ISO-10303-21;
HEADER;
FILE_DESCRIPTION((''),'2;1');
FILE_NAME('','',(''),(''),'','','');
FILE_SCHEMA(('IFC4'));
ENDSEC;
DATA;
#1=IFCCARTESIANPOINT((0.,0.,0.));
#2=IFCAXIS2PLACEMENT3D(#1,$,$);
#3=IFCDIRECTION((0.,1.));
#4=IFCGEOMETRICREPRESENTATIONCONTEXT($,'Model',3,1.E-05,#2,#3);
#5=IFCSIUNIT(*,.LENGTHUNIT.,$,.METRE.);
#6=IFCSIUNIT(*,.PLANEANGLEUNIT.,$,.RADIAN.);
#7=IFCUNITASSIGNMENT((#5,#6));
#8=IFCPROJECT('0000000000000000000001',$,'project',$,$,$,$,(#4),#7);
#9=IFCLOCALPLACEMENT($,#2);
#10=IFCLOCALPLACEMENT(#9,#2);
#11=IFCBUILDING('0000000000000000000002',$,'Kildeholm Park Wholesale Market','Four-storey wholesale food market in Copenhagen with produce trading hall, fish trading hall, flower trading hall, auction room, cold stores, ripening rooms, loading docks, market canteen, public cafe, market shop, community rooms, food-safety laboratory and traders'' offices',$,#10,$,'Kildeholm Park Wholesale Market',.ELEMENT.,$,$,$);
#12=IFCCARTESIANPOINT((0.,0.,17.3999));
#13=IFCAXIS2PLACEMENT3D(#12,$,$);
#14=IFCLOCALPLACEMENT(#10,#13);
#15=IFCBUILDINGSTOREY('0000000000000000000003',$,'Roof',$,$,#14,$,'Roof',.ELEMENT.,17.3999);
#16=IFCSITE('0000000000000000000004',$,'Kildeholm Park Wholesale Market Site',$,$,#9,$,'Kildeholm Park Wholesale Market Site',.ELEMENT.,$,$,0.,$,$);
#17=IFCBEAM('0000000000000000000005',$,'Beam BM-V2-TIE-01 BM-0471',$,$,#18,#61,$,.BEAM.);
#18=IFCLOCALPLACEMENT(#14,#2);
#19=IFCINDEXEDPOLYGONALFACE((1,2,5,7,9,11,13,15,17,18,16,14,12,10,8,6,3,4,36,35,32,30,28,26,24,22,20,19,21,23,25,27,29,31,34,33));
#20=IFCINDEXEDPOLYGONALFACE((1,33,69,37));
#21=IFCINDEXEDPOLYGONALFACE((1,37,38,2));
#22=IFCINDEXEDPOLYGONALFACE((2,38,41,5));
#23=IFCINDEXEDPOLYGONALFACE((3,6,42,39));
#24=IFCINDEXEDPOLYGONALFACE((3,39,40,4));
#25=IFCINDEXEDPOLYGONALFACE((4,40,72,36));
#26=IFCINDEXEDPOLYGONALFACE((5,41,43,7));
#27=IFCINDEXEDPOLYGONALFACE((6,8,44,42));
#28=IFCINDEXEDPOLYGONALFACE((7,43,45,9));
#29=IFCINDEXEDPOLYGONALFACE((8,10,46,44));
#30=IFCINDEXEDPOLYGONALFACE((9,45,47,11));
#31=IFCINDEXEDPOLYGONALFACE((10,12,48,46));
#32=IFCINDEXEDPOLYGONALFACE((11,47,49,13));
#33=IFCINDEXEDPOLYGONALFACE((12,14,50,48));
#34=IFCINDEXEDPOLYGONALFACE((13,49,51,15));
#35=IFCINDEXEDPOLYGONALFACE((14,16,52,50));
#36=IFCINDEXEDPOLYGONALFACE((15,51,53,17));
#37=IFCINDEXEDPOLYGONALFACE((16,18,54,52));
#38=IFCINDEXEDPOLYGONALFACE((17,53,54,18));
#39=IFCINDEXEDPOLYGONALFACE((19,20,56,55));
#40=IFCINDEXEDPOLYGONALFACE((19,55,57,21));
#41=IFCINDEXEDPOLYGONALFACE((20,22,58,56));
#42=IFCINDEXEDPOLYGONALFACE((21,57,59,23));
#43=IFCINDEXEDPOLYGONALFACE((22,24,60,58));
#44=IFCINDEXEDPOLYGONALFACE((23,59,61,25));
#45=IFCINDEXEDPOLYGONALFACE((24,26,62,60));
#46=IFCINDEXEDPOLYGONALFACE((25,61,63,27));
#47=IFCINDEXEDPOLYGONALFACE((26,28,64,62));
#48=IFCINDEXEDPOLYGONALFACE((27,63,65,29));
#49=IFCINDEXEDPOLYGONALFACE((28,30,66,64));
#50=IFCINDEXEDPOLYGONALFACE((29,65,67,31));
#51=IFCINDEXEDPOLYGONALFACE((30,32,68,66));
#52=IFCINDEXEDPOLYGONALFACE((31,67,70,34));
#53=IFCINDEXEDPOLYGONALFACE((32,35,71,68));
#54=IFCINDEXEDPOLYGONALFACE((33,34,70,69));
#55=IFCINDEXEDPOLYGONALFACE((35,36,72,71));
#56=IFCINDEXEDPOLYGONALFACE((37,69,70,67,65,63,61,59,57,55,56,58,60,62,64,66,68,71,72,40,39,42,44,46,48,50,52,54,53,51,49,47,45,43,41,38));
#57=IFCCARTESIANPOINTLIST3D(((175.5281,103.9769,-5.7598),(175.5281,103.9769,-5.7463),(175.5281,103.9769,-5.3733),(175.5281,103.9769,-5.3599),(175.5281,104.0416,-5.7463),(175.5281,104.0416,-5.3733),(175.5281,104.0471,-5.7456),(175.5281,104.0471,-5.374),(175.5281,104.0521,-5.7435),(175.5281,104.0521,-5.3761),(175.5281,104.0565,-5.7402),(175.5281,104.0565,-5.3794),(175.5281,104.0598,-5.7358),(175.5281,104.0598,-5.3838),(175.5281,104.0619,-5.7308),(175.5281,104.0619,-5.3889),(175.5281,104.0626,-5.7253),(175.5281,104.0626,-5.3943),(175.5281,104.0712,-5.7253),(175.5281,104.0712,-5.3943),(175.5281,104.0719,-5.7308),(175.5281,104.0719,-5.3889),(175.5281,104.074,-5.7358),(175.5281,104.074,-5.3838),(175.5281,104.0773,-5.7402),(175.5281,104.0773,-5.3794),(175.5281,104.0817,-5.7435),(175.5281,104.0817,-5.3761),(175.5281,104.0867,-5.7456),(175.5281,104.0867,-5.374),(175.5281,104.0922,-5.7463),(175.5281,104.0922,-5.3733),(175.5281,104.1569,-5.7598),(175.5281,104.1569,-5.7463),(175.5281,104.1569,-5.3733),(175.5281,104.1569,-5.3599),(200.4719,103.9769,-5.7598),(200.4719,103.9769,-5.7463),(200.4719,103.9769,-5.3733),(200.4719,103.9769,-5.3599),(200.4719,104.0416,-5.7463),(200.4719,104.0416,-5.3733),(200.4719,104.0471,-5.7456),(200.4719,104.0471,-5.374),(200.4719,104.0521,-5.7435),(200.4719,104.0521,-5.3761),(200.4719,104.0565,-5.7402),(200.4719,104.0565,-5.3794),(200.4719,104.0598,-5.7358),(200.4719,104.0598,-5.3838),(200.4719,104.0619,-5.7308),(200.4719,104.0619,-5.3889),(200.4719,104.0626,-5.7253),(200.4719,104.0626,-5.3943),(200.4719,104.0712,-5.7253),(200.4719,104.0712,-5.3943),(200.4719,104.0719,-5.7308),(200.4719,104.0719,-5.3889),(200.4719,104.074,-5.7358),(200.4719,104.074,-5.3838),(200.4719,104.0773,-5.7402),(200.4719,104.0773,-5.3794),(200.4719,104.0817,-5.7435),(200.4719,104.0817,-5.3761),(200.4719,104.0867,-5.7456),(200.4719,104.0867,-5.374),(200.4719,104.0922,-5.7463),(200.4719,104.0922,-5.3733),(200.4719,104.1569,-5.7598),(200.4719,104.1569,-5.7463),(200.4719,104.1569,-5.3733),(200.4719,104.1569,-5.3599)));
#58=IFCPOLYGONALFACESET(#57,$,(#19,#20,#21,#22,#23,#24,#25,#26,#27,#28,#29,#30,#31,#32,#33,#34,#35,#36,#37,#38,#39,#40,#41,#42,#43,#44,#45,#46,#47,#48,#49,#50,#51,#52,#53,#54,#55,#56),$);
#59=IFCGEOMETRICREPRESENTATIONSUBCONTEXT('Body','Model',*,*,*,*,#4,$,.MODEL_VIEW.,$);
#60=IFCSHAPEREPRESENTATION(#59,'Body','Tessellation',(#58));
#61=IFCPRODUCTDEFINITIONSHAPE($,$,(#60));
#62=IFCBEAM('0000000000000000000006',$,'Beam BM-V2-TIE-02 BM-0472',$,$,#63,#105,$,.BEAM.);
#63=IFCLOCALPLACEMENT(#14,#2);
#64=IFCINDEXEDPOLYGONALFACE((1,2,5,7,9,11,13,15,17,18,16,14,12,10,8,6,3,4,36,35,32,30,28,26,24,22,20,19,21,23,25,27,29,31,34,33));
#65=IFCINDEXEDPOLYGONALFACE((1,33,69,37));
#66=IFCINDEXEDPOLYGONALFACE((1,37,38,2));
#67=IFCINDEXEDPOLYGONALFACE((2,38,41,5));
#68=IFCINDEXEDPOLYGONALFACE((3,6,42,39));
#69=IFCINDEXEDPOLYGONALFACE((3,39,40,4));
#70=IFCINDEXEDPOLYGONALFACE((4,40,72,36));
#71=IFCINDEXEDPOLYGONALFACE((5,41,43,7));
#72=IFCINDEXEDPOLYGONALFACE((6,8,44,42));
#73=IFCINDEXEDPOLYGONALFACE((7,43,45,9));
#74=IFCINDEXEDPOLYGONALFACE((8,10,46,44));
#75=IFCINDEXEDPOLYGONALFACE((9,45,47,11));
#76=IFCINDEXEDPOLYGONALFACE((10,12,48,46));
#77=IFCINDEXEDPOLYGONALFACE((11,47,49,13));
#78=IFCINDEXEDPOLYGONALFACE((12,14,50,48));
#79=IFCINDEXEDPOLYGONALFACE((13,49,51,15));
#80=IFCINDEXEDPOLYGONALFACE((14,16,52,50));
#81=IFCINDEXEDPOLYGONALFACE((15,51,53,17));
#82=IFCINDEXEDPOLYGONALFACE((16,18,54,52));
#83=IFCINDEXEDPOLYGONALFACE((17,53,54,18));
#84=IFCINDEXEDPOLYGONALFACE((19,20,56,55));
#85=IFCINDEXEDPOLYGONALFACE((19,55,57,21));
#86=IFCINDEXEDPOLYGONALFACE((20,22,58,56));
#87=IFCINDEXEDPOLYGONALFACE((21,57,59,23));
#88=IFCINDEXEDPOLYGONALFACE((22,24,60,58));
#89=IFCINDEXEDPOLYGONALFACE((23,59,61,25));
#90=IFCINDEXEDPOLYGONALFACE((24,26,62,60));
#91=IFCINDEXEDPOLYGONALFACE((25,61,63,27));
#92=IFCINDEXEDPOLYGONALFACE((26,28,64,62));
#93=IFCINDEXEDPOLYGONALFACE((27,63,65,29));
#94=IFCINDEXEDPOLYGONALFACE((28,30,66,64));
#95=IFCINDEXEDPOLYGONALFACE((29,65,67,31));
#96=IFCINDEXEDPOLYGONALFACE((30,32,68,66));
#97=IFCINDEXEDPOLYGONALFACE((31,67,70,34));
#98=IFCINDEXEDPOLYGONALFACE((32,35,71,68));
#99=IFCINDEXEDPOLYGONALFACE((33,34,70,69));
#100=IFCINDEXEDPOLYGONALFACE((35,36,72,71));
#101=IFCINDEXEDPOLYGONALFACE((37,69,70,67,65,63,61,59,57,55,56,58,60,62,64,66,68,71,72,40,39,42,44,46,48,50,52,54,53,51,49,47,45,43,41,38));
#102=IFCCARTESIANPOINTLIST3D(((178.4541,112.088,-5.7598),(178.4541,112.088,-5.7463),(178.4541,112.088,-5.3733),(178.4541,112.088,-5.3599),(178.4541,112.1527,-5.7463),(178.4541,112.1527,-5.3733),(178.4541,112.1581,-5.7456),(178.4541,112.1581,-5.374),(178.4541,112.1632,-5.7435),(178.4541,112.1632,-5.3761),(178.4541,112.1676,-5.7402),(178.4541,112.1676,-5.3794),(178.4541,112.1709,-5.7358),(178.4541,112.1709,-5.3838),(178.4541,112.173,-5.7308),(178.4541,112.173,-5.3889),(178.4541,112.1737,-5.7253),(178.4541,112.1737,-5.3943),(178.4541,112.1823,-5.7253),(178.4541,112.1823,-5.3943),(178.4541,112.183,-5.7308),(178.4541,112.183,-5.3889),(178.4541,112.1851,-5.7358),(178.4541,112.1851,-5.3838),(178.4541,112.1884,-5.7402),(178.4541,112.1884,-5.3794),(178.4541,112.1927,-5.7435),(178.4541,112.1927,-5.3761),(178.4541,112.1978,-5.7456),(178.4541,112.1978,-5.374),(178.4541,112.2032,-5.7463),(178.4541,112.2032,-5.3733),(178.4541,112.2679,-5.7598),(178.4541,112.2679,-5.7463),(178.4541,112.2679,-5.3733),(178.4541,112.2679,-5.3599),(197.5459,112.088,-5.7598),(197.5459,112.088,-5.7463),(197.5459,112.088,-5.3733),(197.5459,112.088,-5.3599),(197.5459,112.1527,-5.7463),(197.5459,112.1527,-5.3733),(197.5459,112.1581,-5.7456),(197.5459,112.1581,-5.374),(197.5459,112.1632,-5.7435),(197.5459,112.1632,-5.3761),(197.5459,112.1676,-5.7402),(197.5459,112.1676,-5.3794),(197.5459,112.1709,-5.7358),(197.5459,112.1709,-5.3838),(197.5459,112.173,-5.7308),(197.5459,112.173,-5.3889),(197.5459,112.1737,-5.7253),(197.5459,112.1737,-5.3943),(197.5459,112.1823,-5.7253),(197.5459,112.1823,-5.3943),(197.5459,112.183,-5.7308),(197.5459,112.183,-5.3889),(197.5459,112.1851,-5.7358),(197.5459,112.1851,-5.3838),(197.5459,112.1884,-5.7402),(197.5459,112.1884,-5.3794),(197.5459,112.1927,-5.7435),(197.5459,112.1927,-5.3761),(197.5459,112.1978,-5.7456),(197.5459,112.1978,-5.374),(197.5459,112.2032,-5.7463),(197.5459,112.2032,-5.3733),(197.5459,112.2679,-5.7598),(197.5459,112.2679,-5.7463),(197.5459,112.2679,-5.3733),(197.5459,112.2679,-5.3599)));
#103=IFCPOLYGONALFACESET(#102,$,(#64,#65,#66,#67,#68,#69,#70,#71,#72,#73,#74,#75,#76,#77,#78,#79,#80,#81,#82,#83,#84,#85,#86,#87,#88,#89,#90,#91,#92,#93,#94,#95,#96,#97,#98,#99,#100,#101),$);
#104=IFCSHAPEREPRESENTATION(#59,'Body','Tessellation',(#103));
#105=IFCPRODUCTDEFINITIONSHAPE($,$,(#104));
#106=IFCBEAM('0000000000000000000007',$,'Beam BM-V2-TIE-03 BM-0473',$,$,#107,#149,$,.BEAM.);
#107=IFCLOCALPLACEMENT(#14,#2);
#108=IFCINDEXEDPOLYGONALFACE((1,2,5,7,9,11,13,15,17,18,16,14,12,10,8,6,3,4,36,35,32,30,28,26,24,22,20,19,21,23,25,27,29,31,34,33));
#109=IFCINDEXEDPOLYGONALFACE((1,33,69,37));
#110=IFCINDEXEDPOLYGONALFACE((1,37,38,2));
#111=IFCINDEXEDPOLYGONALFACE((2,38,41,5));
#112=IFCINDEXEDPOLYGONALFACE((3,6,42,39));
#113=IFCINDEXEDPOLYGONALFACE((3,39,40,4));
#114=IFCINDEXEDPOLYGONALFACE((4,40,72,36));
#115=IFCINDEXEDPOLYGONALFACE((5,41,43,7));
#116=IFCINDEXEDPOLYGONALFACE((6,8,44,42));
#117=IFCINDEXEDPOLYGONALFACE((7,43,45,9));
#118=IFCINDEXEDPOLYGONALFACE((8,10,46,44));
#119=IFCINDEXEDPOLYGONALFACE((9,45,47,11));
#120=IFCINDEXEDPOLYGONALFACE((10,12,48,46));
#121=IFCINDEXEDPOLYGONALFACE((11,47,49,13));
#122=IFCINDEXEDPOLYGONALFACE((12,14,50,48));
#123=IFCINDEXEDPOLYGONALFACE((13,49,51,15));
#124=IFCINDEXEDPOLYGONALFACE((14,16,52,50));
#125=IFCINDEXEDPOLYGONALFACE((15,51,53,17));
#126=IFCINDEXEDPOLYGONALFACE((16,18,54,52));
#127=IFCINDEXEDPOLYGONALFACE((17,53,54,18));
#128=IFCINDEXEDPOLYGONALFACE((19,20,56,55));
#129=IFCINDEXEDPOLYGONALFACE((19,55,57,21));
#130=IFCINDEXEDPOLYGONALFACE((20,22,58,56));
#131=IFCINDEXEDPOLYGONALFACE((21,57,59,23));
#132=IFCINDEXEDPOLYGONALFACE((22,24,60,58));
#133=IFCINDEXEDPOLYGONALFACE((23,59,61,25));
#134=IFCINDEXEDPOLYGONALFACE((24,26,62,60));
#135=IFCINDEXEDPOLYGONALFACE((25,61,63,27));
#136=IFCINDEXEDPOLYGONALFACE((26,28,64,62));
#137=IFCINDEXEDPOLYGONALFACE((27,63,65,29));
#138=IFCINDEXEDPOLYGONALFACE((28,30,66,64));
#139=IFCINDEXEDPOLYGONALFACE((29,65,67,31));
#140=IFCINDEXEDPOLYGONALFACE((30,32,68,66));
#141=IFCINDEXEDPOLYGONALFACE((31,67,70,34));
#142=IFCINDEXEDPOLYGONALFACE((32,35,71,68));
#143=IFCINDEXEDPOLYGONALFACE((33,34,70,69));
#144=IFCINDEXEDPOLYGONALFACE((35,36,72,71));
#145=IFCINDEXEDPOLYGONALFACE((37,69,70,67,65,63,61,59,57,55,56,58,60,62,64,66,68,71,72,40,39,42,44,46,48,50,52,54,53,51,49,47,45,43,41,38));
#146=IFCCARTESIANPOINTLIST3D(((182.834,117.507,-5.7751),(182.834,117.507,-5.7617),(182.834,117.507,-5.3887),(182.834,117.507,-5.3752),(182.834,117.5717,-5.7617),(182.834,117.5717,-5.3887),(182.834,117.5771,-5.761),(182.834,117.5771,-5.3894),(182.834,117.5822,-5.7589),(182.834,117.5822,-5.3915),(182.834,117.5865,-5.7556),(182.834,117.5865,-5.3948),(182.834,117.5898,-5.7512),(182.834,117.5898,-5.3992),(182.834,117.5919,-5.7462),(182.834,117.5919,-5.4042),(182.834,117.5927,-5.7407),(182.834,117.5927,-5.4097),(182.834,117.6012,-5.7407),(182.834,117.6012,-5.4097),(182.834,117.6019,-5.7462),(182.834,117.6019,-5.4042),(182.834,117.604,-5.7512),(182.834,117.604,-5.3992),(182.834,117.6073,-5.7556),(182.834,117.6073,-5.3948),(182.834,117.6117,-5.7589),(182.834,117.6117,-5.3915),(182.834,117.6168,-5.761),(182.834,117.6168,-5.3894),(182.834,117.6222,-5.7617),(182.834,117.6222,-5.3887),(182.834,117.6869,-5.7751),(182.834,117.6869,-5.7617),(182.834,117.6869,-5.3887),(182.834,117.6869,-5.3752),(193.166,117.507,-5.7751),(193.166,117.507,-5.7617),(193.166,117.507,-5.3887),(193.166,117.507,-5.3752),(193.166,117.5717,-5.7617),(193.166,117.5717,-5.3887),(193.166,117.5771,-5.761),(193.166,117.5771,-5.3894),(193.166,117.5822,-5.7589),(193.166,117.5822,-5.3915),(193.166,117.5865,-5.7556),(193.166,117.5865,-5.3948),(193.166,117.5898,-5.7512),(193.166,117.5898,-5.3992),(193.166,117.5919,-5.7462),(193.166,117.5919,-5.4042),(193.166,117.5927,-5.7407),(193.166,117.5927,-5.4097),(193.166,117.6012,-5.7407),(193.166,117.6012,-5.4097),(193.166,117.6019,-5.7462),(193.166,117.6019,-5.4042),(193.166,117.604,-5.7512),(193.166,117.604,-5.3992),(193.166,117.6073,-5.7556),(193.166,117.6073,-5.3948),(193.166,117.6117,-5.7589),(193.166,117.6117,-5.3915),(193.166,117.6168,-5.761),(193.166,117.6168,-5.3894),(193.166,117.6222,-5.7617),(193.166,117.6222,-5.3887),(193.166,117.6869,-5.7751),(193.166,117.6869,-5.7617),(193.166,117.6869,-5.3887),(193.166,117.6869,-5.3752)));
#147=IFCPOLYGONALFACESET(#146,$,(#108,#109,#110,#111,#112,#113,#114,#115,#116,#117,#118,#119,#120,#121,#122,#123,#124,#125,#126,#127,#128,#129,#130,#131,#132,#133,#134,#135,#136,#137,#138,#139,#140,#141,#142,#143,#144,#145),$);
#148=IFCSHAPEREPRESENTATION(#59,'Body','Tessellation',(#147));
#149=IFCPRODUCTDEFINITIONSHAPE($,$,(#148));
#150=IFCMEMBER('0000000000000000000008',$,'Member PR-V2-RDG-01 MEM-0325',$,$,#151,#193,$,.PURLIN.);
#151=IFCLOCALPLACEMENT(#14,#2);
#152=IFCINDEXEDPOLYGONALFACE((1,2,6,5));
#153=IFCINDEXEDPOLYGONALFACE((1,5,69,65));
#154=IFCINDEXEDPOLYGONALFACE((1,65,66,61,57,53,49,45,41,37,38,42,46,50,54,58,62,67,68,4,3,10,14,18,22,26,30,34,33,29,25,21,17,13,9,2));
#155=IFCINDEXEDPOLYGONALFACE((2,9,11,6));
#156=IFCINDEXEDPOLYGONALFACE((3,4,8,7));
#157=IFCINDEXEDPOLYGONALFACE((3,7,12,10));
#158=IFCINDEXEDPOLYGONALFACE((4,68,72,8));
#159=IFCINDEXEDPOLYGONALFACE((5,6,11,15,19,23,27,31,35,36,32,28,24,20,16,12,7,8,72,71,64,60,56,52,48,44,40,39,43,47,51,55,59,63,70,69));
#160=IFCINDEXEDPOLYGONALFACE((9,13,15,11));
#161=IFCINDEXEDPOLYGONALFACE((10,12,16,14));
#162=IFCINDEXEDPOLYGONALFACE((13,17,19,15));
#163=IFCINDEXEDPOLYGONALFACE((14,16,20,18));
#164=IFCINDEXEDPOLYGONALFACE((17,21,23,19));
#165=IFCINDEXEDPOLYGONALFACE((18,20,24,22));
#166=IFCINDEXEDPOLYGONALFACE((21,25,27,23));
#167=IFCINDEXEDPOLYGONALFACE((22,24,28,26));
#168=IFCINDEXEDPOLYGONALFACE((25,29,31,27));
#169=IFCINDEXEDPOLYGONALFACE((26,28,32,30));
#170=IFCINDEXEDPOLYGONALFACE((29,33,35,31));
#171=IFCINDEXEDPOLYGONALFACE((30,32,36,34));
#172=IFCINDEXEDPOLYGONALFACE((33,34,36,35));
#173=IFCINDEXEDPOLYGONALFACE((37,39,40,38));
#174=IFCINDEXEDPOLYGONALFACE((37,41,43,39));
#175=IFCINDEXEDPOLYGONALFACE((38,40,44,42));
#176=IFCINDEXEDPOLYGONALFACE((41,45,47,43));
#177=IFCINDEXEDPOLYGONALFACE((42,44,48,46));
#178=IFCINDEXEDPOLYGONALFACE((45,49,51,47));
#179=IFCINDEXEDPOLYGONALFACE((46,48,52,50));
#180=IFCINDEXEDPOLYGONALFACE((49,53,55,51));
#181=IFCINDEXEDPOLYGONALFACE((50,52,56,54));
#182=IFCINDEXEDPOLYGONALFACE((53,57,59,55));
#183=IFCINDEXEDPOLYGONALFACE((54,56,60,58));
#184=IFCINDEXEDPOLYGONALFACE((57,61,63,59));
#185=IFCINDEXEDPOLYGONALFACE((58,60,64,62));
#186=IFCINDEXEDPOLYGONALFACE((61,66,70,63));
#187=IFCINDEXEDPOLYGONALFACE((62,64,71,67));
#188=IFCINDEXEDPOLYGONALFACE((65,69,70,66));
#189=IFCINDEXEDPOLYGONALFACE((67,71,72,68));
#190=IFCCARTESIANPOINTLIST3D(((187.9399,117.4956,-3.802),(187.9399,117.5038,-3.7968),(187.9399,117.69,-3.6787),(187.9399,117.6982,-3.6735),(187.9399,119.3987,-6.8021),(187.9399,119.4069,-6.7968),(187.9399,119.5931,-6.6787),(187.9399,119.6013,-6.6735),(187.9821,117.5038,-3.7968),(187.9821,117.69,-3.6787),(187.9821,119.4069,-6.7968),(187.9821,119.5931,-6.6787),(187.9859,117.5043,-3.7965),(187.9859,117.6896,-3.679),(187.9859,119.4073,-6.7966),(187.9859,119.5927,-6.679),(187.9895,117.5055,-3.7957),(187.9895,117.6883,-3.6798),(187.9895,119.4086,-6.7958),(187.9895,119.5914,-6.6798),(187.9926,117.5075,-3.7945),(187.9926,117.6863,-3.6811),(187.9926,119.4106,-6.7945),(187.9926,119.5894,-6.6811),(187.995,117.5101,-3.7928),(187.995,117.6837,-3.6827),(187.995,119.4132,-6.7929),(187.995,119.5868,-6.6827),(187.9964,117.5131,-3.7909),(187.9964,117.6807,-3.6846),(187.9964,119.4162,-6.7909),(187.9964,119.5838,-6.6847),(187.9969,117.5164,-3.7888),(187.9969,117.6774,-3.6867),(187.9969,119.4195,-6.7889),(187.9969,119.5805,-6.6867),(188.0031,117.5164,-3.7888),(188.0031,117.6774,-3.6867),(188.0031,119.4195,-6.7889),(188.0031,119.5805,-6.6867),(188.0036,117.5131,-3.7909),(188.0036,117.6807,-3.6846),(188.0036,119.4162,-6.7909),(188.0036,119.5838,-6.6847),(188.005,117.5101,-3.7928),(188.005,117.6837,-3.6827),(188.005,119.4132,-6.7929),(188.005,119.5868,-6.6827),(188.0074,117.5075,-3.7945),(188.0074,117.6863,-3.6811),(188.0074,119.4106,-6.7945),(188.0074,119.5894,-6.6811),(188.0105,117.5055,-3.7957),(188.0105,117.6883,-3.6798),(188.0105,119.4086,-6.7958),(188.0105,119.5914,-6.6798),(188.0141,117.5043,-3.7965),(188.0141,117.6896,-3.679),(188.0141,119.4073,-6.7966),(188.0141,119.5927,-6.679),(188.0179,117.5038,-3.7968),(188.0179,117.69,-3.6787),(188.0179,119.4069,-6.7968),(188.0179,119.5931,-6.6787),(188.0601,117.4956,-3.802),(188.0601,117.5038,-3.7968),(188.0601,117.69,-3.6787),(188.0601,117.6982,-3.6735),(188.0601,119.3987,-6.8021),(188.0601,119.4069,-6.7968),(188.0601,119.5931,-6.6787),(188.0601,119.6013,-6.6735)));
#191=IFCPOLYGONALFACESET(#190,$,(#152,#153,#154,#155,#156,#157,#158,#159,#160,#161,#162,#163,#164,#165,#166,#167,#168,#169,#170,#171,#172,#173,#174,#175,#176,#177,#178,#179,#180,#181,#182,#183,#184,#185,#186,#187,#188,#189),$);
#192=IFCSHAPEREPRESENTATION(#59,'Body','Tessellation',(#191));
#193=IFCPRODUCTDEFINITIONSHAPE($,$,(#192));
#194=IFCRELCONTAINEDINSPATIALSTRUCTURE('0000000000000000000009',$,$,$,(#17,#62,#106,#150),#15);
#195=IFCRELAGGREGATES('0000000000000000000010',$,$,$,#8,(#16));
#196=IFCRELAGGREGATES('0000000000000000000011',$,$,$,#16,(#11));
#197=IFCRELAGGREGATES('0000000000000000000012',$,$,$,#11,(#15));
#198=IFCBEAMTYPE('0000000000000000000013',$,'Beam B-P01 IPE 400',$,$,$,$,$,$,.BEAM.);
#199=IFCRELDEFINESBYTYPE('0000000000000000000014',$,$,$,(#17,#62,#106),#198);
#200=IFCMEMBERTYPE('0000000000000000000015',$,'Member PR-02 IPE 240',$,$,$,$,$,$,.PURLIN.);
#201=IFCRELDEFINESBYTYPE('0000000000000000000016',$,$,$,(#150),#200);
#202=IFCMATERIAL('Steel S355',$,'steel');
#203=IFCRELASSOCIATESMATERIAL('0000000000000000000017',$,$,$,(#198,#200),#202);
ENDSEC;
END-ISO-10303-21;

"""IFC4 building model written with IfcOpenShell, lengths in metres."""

from ifc_helpers import new_model, si_unit, direction, frame, origin, origin_2d, place, context, subcontext, project, spatial, i_section, extrude, material, material_profile, profile_set, type_object, element, save


model = new_model("IFC4")

# Units and contexts
model_context = context("Model", 3, precision=1e-05, world=origin(), true_north=direction((0.0, 1.0)))
body_context = subcontext(model_context, "Body", "Model", "MODEL_VIEW")
ifc_project = project(units=[si_unit("LENGTHUNIT", "METRE"), si_unit("PLANEANGLEUNIT", "RADIAN")], contexts=[model_context])

# Site, building, storey
site_placement = place(None, origin())
site = spatial("IfcSite", under=ifc_project, at=site_placement, Name="Kildeholm Park Wholesale Market Site", LongName="Kildeholm Park Wholesale Market Site", CompositionType="ELEMENT", RefElevation=0.0)
building_placement = place(site_placement, origin())
building = spatial("IfcBuilding", under=site, at=building_placement, Name="Kildeholm Park Wholesale Market", Description="Four-storey wholesale food market in Copenhagen with produce trading hall, fish trading hall, flower trading hall, auction room, cold stores, ripening rooms, loading docks, market canteen, public cafe, market shop, community rooms, food-safety laboratory and traders' offices", LongName="Kildeholm Park Wholesale Market", CompositionType="ELEMENT")
storey_placement = place(building_placement, frame((0.0, 0.0, 17.3999)))
storey = spatial("IfcBuildingStorey", under=building, at=storey_placement, Name="Roof", LongName="Roof", CompositionType="ELEMENT", Elevation=17.3999)

# Beams
ifc_material_1 = material(Name="Steel S355", Category="steel")
ifc_material_profile_1 = material_profile(ifc_material_1, i_section(OverallWidth=0.1799, OverallDepth=0.3999, WebThickness=0.0085, FlangeThickness=0.0134, FilletRadius=0.021, at=origin_2d()), Name="IPE 400")
ifc_profile_set_1 = profile_set([ifc_material_profile_1], Name="Steel S355")
beam_type = type_object("IfcBeamType", Name="Beam B-P01 IPE 400", PredefinedType="BEAM", material=ifc_profile_set_1)
beam_1_placement = place(storey_placement, frame((200.4719, 104.0669, -5.5598), z_axis=(-1.0, 0.0, 0.0), x_axis=(0.0, -1.0, 0.0)))
element("IfcBeam", 1, at=beam_1_placement, inside=storey, type_object=beam_type, Name="Beam BM-V2-TIE-01 BM-0471", PredefinedType="BEAM", context=body_context, shape_type="SweptSolid", body=[
    extrude(i_section(OverallWidth=0.1799, OverallDepth=0.3999, WebThickness=0.0085, FlangeThickness=0.0134, FilletRadius=0.021, at=origin_2d()), origin(), (0.0, 0.0, 1.0), 24.9438),
])
beam_2_placement = place(storey_placement, frame((197.5459, 112.178, -5.5598), z_axis=(-1.0, 0.0, 0.0), x_axis=(0.0, -1.0, 0.0)))
element("IfcBeam", 2, at=beam_2_placement, inside=storey, type_object=beam_type, Name="Beam BM-V2-TIE-02 BM-0472", PredefinedType="BEAM", context=body_context, shape_type="SweptSolid", body=[
    extrude(i_section(OverallWidth=0.1799, OverallDepth=0.3999, WebThickness=0.0085, FlangeThickness=0.0134, FilletRadius=0.021, at=origin_2d()), origin(), (0.0, 0.0, 1.0), 19.0918),
])
beam_3_placement = place(storey_placement, frame((193.166, 117.5969, -5.5752), z_axis=(-1.0, 0.0, 0.0), x_axis=(0.0, -1.0, 0.0)))
element("IfcBeam", 3, at=beam_3_placement, inside=storey, type_object=beam_type, Name="Beam BM-V2-TIE-03 BM-0473", PredefinedType="BEAM", context=body_context, shape_type="SweptSolid", body=[
    extrude(i_section(OverallWidth=0.1799, OverallDepth=0.3999, WebThickness=0.0085, FlangeThickness=0.0134, FilletRadius=0.021, at=origin_2d()), origin(), (0.0, 0.0, 1.0), 10.332),
])

# Member
ifc_material_profile_2 = material_profile(ifc_material_1, i_section(OverallWidth=0.1201, OverallDepth=0.24, WebThickness=0.0061, FlangeThickness=0.0098, FilletRadius=0.0149, at=origin_2d()), Name="IPE 240")
ifc_profile_set_2 = profile_set([ifc_material_profile_2], Name="Steel S355")
member_type_1 = type_object("IfcMemberType", Name="Member PR-02 IPE 240", PredefinedType="PURLIN", material=ifc_profile_set_2)
member_1_placement = place(storey_placement, frame((188.0, 119.5, -6.7378), z_axis=(0.0, -0.53567, 0.844427), x_axis=(1.0, 0.0, 0.0)))
element("IfcMember", 4, at=member_1_placement, inside=storey, type_object=member_type_1, Name="Member PR-V2-RDG-01 MEM-0325", PredefinedType="PURLIN", context=body_context, shape_type="SweptSolid", body=[
    extrude(i_section(OverallWidth=0.1201, OverallDepth=0.24, WebThickness=0.0061, FlangeThickness=0.0098, FilletRadius=0.0149, at=origin_2d()), origin(), (0.0, 0.0, 1.0), 3.5527),
])

save(model, "model.ifc")
